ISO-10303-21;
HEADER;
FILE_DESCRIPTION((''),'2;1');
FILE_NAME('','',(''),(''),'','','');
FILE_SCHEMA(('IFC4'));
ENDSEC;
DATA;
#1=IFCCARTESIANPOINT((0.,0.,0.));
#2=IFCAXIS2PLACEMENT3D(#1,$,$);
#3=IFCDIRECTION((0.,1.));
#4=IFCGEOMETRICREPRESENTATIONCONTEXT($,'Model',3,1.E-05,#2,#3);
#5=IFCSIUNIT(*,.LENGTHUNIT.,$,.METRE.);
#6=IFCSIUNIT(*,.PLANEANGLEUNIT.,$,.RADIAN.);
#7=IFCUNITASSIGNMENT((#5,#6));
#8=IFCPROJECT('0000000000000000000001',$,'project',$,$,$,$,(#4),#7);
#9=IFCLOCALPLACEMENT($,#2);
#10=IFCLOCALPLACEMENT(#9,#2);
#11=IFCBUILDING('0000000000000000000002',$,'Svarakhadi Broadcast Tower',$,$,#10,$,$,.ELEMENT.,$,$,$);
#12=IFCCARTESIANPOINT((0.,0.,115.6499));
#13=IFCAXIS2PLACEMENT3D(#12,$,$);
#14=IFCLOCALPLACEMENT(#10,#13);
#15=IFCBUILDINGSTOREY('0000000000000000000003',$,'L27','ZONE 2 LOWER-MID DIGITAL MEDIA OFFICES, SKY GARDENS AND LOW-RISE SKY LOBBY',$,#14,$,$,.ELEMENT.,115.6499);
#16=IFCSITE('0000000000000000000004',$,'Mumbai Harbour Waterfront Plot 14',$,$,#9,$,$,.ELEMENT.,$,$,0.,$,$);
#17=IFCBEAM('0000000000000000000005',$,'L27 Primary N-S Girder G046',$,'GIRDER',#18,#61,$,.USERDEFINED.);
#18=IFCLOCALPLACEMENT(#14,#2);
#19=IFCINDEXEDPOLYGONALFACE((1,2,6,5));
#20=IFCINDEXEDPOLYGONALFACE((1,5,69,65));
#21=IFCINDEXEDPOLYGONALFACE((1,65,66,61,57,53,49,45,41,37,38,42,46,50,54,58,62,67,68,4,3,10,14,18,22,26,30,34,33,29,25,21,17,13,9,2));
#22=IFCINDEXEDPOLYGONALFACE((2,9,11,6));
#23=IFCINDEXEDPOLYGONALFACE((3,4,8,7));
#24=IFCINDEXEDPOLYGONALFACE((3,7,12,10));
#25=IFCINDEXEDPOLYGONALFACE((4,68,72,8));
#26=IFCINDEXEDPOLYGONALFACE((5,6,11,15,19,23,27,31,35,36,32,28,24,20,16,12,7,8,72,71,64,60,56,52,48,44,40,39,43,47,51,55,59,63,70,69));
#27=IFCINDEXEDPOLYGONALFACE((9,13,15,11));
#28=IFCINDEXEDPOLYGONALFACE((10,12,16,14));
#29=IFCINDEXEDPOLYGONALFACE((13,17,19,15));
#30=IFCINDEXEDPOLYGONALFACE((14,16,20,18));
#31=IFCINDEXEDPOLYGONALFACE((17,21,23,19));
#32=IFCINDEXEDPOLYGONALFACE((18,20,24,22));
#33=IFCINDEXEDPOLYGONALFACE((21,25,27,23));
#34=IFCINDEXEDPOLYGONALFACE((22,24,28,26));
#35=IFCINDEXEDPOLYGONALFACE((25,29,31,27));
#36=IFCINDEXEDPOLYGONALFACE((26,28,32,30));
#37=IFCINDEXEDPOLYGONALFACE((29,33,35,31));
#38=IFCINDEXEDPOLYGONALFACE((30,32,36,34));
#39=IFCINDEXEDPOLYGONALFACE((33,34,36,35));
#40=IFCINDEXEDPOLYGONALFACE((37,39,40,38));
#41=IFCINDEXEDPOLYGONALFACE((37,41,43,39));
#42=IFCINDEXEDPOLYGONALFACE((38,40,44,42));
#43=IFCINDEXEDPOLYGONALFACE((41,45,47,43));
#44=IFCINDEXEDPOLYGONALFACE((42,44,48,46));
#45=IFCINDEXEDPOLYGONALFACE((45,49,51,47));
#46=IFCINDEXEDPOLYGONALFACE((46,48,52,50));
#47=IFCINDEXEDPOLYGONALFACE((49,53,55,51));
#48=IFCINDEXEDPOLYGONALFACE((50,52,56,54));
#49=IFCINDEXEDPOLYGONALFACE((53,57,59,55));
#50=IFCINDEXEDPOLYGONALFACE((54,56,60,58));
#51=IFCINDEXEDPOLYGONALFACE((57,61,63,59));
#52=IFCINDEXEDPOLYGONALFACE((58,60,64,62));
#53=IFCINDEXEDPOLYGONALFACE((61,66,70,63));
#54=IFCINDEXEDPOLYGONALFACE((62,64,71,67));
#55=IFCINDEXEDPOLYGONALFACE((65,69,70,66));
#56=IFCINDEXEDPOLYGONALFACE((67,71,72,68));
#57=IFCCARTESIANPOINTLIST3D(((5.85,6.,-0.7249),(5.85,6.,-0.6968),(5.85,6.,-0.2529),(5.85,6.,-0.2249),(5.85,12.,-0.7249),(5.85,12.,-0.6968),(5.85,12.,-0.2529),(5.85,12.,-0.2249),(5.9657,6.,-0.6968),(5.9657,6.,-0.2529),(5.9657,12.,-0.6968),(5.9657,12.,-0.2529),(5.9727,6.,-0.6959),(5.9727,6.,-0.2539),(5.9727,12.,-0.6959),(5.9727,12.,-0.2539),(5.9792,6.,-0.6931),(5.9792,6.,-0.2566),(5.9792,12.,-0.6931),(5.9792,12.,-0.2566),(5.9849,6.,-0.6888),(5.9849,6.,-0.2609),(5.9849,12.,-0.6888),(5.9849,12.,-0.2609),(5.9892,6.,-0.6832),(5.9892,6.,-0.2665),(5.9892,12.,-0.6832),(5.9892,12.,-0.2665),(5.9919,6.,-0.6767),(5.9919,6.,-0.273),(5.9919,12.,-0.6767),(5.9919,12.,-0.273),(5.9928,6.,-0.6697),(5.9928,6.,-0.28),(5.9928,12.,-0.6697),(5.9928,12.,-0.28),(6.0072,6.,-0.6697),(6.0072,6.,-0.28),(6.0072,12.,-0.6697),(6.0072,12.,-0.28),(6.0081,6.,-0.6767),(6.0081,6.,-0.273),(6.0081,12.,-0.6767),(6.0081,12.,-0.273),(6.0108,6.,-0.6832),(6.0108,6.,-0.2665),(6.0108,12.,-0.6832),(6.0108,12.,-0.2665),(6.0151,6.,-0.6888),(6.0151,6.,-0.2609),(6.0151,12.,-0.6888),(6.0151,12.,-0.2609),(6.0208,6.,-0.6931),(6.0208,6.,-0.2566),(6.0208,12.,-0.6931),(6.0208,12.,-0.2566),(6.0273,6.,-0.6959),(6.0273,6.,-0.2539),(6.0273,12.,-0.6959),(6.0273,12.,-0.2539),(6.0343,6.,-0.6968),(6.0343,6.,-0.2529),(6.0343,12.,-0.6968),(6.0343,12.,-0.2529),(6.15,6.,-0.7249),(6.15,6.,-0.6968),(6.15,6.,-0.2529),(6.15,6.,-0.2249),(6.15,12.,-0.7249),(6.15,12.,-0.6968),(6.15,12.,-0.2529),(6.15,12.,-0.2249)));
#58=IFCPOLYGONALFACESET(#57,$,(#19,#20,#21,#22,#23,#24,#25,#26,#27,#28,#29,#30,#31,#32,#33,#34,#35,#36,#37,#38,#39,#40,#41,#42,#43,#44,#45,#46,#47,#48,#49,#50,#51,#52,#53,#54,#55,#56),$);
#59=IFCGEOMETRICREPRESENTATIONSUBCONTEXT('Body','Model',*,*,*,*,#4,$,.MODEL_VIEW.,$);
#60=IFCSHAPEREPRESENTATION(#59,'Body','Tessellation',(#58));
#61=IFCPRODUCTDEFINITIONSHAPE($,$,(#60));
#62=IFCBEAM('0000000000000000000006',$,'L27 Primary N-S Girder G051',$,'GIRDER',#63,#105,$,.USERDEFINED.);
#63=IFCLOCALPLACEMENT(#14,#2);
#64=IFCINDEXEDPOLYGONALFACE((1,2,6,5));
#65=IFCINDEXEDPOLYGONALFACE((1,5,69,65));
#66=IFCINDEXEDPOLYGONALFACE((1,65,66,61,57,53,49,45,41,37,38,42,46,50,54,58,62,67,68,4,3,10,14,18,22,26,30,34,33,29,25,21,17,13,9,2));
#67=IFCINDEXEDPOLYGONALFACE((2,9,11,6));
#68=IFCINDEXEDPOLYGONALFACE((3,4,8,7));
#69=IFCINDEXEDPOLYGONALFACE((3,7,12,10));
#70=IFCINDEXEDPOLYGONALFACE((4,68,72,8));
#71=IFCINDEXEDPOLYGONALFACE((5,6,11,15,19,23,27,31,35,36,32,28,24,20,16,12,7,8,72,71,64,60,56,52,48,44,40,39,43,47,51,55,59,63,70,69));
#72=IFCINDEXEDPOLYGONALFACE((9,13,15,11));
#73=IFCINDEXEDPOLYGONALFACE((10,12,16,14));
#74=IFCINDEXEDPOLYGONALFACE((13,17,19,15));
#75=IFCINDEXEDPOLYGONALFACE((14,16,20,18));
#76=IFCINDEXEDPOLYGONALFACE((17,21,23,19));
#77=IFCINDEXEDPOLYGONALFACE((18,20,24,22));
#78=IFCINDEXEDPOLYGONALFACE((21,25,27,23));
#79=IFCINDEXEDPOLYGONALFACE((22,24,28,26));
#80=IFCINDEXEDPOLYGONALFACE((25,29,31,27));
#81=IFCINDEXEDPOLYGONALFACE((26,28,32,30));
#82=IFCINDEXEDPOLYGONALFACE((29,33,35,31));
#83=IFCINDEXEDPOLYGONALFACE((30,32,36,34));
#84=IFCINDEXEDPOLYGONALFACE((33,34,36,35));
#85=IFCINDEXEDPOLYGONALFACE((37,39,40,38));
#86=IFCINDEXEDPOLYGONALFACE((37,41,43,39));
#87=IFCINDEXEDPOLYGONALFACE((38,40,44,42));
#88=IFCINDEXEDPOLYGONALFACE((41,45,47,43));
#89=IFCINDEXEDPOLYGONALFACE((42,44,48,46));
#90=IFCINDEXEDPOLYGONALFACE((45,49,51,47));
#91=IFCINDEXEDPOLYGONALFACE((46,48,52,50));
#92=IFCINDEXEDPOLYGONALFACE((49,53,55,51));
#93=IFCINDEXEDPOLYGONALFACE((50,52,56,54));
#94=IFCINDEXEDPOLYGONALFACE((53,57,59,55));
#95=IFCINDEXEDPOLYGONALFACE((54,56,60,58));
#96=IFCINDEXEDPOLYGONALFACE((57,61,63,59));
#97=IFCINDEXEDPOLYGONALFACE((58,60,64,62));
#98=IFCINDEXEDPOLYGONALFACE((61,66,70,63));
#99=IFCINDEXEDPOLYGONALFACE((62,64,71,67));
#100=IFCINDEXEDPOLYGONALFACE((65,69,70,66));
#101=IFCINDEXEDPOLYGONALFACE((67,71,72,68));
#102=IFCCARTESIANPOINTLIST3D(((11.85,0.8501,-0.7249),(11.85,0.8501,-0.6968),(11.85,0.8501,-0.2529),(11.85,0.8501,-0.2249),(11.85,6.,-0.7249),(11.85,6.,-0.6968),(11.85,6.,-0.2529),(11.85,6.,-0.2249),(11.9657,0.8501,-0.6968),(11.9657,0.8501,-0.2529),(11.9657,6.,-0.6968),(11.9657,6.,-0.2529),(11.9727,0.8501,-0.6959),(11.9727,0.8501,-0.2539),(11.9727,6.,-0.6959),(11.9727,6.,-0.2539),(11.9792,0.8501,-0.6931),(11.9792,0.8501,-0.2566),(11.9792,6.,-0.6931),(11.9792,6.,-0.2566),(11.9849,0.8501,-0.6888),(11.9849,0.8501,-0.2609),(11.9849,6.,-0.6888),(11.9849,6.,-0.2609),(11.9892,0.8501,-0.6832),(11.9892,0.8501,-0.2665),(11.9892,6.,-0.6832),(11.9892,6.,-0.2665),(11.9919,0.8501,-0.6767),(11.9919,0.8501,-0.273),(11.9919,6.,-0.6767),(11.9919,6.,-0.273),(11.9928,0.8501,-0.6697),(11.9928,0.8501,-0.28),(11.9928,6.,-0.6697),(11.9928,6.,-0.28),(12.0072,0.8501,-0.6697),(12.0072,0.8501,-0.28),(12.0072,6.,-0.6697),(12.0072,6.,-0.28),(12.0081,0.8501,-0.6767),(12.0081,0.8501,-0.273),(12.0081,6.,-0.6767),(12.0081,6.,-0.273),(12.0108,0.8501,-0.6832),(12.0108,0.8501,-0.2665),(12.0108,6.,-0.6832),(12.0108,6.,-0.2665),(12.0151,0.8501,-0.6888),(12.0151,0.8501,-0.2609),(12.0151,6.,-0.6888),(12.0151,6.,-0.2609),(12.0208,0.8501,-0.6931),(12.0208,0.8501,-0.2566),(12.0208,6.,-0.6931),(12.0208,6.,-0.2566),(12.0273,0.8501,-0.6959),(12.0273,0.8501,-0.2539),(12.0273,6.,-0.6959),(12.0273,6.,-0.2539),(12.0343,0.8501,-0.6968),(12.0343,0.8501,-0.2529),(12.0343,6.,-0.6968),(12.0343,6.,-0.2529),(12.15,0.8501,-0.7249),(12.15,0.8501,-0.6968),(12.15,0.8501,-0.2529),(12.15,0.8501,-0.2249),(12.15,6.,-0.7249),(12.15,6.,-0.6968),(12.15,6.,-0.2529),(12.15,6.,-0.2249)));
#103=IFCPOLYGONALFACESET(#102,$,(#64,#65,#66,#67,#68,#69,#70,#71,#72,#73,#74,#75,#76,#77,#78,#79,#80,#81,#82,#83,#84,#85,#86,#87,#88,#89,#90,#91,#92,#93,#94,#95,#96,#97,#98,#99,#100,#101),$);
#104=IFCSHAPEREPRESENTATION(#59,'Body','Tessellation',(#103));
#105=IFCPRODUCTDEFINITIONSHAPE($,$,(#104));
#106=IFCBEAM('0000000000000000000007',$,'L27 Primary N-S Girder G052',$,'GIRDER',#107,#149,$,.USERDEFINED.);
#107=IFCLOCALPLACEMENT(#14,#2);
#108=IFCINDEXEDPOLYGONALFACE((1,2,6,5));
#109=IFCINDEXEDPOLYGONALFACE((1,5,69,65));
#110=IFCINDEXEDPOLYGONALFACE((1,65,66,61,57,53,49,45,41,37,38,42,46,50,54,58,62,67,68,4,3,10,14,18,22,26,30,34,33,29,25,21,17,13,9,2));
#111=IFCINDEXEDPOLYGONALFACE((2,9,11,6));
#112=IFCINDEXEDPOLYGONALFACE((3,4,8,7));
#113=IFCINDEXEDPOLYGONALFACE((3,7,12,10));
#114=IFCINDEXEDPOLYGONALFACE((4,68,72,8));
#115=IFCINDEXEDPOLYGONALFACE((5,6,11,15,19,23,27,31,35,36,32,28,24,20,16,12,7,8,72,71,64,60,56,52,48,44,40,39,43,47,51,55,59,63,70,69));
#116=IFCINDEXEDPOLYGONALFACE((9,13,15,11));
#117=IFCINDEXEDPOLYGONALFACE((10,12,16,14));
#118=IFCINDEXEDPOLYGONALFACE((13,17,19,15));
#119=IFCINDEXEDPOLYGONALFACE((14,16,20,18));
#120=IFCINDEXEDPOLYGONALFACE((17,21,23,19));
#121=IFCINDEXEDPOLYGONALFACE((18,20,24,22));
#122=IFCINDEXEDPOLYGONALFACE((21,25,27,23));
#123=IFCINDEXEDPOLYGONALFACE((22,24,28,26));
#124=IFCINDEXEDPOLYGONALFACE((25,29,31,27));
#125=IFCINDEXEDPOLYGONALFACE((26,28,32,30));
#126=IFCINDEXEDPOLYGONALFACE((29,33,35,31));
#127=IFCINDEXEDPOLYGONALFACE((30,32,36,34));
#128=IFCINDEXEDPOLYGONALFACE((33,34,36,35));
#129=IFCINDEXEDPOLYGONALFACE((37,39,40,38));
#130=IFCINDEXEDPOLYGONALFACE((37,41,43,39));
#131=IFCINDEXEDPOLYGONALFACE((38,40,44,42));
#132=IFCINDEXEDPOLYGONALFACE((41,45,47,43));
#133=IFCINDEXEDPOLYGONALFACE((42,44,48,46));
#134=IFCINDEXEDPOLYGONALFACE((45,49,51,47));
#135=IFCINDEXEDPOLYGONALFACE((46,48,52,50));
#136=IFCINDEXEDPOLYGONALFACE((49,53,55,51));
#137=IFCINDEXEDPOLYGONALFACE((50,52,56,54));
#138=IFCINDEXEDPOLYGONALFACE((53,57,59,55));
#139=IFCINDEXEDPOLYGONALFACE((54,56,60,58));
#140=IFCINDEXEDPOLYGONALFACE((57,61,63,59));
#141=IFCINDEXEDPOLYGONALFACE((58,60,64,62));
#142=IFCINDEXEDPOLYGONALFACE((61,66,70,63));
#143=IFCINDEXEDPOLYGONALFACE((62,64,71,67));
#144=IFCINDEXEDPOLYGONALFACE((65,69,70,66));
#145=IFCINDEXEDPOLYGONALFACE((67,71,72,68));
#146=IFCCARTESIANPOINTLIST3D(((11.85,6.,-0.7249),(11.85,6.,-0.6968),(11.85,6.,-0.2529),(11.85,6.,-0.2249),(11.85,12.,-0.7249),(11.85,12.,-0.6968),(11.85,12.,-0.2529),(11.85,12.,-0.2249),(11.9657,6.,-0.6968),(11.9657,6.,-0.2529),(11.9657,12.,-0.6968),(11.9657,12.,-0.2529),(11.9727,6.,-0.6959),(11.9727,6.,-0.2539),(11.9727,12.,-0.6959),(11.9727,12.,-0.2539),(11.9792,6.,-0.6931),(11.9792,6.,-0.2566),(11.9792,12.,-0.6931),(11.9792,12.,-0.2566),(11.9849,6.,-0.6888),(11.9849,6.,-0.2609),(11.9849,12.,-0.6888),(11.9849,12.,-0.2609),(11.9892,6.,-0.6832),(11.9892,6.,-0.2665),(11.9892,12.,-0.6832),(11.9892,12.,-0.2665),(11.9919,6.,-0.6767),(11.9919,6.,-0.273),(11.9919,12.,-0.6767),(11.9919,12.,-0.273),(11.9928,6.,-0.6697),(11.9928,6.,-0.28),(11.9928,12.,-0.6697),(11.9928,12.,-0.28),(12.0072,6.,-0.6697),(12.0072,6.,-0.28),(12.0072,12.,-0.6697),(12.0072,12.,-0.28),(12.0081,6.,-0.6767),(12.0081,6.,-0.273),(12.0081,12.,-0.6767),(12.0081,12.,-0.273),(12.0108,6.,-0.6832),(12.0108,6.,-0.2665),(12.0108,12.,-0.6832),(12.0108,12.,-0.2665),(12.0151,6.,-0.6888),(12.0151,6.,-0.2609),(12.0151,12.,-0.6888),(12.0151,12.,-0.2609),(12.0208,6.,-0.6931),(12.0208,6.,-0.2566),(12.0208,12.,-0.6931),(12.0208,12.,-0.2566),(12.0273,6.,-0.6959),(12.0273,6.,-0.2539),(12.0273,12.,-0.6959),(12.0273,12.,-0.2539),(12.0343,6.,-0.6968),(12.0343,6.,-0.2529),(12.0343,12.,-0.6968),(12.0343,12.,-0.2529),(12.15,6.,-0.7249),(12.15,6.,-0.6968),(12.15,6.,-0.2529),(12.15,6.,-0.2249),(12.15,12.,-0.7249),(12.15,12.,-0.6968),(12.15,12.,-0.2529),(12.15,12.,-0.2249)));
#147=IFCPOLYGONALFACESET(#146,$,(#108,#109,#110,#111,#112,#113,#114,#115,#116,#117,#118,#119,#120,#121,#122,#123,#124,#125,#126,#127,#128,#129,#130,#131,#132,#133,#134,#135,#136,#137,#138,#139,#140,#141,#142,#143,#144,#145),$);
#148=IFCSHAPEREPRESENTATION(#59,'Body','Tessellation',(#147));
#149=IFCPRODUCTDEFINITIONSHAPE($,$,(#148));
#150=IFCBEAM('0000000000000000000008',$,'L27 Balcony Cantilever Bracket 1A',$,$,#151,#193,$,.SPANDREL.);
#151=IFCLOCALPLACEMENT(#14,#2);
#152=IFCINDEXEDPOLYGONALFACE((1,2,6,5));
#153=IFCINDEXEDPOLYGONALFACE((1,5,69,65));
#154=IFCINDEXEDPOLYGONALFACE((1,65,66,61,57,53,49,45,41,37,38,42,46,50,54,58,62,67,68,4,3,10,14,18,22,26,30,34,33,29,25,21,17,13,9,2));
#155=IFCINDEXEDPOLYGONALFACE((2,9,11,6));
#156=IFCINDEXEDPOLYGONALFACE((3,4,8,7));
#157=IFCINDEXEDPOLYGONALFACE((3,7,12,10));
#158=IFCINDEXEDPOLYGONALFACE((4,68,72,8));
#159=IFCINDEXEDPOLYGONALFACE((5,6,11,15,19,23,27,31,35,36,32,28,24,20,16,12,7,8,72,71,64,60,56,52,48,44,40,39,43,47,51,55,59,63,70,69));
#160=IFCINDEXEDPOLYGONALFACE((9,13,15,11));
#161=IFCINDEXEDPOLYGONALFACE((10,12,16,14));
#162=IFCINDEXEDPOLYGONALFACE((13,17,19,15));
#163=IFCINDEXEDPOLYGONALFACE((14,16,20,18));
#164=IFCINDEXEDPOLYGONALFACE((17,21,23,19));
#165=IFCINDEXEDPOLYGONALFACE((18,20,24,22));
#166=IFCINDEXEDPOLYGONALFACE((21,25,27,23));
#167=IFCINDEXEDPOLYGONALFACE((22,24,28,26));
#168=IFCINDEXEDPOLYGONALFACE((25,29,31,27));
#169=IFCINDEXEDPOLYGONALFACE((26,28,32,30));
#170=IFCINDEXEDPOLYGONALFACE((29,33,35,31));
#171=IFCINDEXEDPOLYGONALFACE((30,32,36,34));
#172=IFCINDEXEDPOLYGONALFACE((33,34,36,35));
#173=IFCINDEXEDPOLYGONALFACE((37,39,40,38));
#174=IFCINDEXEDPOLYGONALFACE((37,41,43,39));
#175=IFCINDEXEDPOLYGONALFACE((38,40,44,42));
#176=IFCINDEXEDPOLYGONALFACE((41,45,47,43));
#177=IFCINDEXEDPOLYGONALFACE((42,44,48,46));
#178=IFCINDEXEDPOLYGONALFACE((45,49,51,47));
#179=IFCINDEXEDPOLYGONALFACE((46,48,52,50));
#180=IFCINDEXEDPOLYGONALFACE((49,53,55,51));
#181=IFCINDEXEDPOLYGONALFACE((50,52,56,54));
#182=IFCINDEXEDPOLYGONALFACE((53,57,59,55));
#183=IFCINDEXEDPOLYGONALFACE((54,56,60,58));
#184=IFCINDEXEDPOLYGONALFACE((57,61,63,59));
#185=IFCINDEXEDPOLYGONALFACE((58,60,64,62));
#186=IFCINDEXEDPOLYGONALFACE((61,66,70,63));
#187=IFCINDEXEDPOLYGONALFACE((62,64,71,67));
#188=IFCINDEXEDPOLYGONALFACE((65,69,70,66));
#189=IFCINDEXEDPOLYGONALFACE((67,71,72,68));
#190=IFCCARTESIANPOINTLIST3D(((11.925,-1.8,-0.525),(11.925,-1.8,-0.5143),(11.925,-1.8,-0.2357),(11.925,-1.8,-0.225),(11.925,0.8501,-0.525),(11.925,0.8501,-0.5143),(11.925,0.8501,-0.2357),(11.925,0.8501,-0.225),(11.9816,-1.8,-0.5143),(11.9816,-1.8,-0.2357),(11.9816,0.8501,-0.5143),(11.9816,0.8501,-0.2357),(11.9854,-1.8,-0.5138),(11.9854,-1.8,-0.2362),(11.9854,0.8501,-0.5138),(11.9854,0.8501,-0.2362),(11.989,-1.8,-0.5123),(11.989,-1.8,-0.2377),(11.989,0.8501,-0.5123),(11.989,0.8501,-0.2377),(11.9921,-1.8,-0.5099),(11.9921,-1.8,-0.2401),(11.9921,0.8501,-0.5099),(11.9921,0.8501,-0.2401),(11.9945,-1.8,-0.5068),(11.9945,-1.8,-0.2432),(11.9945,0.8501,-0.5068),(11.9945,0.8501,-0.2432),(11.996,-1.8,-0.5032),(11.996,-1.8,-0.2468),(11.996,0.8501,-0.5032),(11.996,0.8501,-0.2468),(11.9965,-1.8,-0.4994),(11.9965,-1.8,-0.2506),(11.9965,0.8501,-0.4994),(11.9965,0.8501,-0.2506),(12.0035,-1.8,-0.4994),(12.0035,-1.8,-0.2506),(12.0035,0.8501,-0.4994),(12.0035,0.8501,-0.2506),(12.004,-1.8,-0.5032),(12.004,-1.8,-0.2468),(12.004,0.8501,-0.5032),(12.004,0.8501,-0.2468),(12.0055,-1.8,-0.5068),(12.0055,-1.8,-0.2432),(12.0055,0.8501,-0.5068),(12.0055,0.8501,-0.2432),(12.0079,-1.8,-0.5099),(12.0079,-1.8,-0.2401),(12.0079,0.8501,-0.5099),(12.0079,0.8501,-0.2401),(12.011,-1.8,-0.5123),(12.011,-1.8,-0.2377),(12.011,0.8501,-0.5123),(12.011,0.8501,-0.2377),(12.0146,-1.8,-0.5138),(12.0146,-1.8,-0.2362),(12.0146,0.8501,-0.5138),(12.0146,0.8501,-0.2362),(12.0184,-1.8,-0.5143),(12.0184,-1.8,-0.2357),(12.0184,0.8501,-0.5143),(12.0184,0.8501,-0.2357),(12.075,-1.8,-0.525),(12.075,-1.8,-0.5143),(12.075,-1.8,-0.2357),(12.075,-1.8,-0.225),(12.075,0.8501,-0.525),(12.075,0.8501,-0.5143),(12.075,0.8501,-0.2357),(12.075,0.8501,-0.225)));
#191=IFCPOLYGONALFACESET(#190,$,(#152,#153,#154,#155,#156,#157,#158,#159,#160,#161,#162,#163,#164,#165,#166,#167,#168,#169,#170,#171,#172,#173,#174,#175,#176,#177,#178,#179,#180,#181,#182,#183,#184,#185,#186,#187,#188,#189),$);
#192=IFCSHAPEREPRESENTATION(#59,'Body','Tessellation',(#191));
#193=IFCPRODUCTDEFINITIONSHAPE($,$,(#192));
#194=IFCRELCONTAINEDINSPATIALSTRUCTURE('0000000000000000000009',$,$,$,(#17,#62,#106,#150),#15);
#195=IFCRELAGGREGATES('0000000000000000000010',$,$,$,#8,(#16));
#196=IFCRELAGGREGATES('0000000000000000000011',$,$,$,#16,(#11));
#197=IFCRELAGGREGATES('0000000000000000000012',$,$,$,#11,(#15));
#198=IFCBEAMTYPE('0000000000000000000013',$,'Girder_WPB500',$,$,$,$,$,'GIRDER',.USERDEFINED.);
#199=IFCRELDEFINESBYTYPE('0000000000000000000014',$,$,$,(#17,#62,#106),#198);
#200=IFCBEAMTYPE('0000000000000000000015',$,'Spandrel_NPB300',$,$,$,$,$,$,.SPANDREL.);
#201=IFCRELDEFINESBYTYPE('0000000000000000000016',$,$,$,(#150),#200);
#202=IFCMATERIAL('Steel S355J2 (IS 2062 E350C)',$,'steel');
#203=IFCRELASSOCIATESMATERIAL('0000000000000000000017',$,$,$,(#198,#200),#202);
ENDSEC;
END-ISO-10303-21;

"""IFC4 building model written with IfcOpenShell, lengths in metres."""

from ifc_helpers import new_model, si_unit, direction, frame, origin, origin_2d, place, context, subcontext, project, spatial, i_section, extrude, material, material_profile, profile_set, type_object, element, save


model = new_model("IFC4")

# Units and contexts
model_context = context("Model", 3, precision=1e-05, world=origin(), true_north=direction((0.0, 1.0)))
body_context = subcontext(model_context, "Body", "Model", "MODEL_VIEW")
ifc_project = project(units=[si_unit("LENGTHUNIT", "METRE"), si_unit("PLANEANGLEUNIT", "RADIAN")], contexts=[model_context])

# Site, building, storey
site_placement = place(None, origin())
site = spatial("IfcSite", under=ifc_project, at=site_placement, Name="Mumbai Harbour Waterfront Plot 14", CompositionType="ELEMENT", RefElevation=0.0)
building_placement = place(site_placement, origin())
building = spatial("IfcBuilding", under=site, at=building_placement, Name="Svarakhadi Broadcast Tower", CompositionType="ELEMENT")
storey_placement = place(building_placement, frame((0.0, 0.0, 115.6499)))
storey = spatial("IfcBuildingStorey", under=building, at=storey_placement, Name="L27", Description="ZONE 2 LOWER-MID DIGITAL MEDIA OFFICES, SKY GARDENS AND LOW-RISE SKY LOBBY", CompositionType="ELEMENT", Elevation=115.6499)

# Shared definitions
ifc_material_1 = material(Name="Steel S355J2 (IS 2062 E350C)", Category="steel")

# Beams
ifc_material_profile_1 = material_profile(ifc_material_1, i_section(OverallWidth=0.3, OverallDepth=0.5, WebThickness=0.0144, FlangeThickness=0.0281, FilletRadius=0.0271, at=origin_2d()), Name="WPB 500x300x187")
ifc_profile_set_1 = profile_set([ifc_material_profile_1], Name="Steel S355J2 (IS 2062 E350C)")
beam_type_1 = type_object("IfcBeamType", Name="Girder_WPB500", ElementType="GIRDER", PredefinedType="USERDEFINED", material=ifc_profile_set_1)
beam_1_placement = place(storey_placement, frame((6.0, 6.0, -0.4749), z_axis=(0.0, 1.0, 0.0), x_axis=(-1.0, 0.0, 0.0)))
element("IfcBeam", 1, at=beam_1_placement, inside=storey, type_object=beam_type_1, Name="L27 Primary N-S Girder G046", ObjectType="GIRDER", PredefinedType="USERDEFINED", context=body_context, shape_type="SweptSolid", body=[
    extrude(i_section(OverallWidth=0.3, OverallDepth=0.5, WebThickness=0.0144, FlangeThickness=0.0281, FilletRadius=0.0271, at=origin_2d()), origin(), (0.0, 0.0, 1.0), 6.0),
])
beam_2_placement = place(storey_placement, frame((12.0, 0.8501, -0.4749), z_axis=(0.0, 1.0, 0.0), x_axis=(-1.0, 0.0, 0.0)))
element("IfcBeam", 2, at=beam_2_placement, inside=storey, type_object=beam_type_1, Name="L27 Primary N-S Girder G051", ObjectType="GIRDER", PredefinedType="USERDEFINED", context=body_context, shape_type="SweptSolid", body=[
    extrude(i_section(OverallWidth=0.3, OverallDepth=0.5, WebThickness=0.0144, FlangeThickness=0.0281, FilletRadius=0.0271, at=origin_2d()), origin(), (0.0, 0.0, 1.0), 5.1499),
])
beam_3_placement = place(storey_placement, frame((12.0, 6.0, -0.4749), z_axis=(0.0, 1.0, 0.0), x_axis=(-1.0, 0.0, 0.0)))
element("IfcBeam", 3, at=beam_3_placement, inside=storey, type_object=beam_type_1, Name="L27 Primary N-S Girder G052", ObjectType="GIRDER", PredefinedType="USERDEFINED", context=body_context, shape_type="SweptSolid", body=[
    extrude(i_section(OverallWidth=0.3, OverallDepth=0.5, WebThickness=0.0144, FlangeThickness=0.0281, FilletRadius=0.0271, at=origin_2d()), origin(), (0.0, 0.0, 1.0), 6.0),
])
ifc_material_profile_2 = material_profile(ifc_material_1, i_section(OverallWidth=0.1499, OverallDepth=0.3, WebThickness=0.0071, FlangeThickness=0.0107, FilletRadius=0.0149, at=origin_2d()), Name="NPB 300x150x37")
ifc_profile_set_2 = profile_set([ifc_material_profile_2], Name="Steel S355J2 (IS 2062 E350C)")
beam_type_2 = type_object("IfcBeamType", Name="Spandrel_NPB300", PredefinedType="SPANDREL", material=ifc_profile_set_2)
beam_4_placement = place(storey_placement, frame((12.0, 0.8501, -0.375), z_axis=(0.0, -1.0, 0.0), x_axis=(1.0, 0.0, 0.0)))
element("IfcBeam", 4, at=beam_4_placement, inside=storey, type_object=beam_type_2, Name="L27 Balcony Cantilever Bracket 1A", PredefinedType="SPANDREL", context=body_context, shape_type="SweptSolid", body=[
    extrude(i_section(OverallWidth=0.1499, OverallDepth=0.3, WebThickness=0.0071, FlangeThickness=0.0107, FilletRadius=0.0149, at=origin_2d()), origin(), (0.0, 0.0, 1.0), 2.6501),
])

save(model, "model.ifc")
